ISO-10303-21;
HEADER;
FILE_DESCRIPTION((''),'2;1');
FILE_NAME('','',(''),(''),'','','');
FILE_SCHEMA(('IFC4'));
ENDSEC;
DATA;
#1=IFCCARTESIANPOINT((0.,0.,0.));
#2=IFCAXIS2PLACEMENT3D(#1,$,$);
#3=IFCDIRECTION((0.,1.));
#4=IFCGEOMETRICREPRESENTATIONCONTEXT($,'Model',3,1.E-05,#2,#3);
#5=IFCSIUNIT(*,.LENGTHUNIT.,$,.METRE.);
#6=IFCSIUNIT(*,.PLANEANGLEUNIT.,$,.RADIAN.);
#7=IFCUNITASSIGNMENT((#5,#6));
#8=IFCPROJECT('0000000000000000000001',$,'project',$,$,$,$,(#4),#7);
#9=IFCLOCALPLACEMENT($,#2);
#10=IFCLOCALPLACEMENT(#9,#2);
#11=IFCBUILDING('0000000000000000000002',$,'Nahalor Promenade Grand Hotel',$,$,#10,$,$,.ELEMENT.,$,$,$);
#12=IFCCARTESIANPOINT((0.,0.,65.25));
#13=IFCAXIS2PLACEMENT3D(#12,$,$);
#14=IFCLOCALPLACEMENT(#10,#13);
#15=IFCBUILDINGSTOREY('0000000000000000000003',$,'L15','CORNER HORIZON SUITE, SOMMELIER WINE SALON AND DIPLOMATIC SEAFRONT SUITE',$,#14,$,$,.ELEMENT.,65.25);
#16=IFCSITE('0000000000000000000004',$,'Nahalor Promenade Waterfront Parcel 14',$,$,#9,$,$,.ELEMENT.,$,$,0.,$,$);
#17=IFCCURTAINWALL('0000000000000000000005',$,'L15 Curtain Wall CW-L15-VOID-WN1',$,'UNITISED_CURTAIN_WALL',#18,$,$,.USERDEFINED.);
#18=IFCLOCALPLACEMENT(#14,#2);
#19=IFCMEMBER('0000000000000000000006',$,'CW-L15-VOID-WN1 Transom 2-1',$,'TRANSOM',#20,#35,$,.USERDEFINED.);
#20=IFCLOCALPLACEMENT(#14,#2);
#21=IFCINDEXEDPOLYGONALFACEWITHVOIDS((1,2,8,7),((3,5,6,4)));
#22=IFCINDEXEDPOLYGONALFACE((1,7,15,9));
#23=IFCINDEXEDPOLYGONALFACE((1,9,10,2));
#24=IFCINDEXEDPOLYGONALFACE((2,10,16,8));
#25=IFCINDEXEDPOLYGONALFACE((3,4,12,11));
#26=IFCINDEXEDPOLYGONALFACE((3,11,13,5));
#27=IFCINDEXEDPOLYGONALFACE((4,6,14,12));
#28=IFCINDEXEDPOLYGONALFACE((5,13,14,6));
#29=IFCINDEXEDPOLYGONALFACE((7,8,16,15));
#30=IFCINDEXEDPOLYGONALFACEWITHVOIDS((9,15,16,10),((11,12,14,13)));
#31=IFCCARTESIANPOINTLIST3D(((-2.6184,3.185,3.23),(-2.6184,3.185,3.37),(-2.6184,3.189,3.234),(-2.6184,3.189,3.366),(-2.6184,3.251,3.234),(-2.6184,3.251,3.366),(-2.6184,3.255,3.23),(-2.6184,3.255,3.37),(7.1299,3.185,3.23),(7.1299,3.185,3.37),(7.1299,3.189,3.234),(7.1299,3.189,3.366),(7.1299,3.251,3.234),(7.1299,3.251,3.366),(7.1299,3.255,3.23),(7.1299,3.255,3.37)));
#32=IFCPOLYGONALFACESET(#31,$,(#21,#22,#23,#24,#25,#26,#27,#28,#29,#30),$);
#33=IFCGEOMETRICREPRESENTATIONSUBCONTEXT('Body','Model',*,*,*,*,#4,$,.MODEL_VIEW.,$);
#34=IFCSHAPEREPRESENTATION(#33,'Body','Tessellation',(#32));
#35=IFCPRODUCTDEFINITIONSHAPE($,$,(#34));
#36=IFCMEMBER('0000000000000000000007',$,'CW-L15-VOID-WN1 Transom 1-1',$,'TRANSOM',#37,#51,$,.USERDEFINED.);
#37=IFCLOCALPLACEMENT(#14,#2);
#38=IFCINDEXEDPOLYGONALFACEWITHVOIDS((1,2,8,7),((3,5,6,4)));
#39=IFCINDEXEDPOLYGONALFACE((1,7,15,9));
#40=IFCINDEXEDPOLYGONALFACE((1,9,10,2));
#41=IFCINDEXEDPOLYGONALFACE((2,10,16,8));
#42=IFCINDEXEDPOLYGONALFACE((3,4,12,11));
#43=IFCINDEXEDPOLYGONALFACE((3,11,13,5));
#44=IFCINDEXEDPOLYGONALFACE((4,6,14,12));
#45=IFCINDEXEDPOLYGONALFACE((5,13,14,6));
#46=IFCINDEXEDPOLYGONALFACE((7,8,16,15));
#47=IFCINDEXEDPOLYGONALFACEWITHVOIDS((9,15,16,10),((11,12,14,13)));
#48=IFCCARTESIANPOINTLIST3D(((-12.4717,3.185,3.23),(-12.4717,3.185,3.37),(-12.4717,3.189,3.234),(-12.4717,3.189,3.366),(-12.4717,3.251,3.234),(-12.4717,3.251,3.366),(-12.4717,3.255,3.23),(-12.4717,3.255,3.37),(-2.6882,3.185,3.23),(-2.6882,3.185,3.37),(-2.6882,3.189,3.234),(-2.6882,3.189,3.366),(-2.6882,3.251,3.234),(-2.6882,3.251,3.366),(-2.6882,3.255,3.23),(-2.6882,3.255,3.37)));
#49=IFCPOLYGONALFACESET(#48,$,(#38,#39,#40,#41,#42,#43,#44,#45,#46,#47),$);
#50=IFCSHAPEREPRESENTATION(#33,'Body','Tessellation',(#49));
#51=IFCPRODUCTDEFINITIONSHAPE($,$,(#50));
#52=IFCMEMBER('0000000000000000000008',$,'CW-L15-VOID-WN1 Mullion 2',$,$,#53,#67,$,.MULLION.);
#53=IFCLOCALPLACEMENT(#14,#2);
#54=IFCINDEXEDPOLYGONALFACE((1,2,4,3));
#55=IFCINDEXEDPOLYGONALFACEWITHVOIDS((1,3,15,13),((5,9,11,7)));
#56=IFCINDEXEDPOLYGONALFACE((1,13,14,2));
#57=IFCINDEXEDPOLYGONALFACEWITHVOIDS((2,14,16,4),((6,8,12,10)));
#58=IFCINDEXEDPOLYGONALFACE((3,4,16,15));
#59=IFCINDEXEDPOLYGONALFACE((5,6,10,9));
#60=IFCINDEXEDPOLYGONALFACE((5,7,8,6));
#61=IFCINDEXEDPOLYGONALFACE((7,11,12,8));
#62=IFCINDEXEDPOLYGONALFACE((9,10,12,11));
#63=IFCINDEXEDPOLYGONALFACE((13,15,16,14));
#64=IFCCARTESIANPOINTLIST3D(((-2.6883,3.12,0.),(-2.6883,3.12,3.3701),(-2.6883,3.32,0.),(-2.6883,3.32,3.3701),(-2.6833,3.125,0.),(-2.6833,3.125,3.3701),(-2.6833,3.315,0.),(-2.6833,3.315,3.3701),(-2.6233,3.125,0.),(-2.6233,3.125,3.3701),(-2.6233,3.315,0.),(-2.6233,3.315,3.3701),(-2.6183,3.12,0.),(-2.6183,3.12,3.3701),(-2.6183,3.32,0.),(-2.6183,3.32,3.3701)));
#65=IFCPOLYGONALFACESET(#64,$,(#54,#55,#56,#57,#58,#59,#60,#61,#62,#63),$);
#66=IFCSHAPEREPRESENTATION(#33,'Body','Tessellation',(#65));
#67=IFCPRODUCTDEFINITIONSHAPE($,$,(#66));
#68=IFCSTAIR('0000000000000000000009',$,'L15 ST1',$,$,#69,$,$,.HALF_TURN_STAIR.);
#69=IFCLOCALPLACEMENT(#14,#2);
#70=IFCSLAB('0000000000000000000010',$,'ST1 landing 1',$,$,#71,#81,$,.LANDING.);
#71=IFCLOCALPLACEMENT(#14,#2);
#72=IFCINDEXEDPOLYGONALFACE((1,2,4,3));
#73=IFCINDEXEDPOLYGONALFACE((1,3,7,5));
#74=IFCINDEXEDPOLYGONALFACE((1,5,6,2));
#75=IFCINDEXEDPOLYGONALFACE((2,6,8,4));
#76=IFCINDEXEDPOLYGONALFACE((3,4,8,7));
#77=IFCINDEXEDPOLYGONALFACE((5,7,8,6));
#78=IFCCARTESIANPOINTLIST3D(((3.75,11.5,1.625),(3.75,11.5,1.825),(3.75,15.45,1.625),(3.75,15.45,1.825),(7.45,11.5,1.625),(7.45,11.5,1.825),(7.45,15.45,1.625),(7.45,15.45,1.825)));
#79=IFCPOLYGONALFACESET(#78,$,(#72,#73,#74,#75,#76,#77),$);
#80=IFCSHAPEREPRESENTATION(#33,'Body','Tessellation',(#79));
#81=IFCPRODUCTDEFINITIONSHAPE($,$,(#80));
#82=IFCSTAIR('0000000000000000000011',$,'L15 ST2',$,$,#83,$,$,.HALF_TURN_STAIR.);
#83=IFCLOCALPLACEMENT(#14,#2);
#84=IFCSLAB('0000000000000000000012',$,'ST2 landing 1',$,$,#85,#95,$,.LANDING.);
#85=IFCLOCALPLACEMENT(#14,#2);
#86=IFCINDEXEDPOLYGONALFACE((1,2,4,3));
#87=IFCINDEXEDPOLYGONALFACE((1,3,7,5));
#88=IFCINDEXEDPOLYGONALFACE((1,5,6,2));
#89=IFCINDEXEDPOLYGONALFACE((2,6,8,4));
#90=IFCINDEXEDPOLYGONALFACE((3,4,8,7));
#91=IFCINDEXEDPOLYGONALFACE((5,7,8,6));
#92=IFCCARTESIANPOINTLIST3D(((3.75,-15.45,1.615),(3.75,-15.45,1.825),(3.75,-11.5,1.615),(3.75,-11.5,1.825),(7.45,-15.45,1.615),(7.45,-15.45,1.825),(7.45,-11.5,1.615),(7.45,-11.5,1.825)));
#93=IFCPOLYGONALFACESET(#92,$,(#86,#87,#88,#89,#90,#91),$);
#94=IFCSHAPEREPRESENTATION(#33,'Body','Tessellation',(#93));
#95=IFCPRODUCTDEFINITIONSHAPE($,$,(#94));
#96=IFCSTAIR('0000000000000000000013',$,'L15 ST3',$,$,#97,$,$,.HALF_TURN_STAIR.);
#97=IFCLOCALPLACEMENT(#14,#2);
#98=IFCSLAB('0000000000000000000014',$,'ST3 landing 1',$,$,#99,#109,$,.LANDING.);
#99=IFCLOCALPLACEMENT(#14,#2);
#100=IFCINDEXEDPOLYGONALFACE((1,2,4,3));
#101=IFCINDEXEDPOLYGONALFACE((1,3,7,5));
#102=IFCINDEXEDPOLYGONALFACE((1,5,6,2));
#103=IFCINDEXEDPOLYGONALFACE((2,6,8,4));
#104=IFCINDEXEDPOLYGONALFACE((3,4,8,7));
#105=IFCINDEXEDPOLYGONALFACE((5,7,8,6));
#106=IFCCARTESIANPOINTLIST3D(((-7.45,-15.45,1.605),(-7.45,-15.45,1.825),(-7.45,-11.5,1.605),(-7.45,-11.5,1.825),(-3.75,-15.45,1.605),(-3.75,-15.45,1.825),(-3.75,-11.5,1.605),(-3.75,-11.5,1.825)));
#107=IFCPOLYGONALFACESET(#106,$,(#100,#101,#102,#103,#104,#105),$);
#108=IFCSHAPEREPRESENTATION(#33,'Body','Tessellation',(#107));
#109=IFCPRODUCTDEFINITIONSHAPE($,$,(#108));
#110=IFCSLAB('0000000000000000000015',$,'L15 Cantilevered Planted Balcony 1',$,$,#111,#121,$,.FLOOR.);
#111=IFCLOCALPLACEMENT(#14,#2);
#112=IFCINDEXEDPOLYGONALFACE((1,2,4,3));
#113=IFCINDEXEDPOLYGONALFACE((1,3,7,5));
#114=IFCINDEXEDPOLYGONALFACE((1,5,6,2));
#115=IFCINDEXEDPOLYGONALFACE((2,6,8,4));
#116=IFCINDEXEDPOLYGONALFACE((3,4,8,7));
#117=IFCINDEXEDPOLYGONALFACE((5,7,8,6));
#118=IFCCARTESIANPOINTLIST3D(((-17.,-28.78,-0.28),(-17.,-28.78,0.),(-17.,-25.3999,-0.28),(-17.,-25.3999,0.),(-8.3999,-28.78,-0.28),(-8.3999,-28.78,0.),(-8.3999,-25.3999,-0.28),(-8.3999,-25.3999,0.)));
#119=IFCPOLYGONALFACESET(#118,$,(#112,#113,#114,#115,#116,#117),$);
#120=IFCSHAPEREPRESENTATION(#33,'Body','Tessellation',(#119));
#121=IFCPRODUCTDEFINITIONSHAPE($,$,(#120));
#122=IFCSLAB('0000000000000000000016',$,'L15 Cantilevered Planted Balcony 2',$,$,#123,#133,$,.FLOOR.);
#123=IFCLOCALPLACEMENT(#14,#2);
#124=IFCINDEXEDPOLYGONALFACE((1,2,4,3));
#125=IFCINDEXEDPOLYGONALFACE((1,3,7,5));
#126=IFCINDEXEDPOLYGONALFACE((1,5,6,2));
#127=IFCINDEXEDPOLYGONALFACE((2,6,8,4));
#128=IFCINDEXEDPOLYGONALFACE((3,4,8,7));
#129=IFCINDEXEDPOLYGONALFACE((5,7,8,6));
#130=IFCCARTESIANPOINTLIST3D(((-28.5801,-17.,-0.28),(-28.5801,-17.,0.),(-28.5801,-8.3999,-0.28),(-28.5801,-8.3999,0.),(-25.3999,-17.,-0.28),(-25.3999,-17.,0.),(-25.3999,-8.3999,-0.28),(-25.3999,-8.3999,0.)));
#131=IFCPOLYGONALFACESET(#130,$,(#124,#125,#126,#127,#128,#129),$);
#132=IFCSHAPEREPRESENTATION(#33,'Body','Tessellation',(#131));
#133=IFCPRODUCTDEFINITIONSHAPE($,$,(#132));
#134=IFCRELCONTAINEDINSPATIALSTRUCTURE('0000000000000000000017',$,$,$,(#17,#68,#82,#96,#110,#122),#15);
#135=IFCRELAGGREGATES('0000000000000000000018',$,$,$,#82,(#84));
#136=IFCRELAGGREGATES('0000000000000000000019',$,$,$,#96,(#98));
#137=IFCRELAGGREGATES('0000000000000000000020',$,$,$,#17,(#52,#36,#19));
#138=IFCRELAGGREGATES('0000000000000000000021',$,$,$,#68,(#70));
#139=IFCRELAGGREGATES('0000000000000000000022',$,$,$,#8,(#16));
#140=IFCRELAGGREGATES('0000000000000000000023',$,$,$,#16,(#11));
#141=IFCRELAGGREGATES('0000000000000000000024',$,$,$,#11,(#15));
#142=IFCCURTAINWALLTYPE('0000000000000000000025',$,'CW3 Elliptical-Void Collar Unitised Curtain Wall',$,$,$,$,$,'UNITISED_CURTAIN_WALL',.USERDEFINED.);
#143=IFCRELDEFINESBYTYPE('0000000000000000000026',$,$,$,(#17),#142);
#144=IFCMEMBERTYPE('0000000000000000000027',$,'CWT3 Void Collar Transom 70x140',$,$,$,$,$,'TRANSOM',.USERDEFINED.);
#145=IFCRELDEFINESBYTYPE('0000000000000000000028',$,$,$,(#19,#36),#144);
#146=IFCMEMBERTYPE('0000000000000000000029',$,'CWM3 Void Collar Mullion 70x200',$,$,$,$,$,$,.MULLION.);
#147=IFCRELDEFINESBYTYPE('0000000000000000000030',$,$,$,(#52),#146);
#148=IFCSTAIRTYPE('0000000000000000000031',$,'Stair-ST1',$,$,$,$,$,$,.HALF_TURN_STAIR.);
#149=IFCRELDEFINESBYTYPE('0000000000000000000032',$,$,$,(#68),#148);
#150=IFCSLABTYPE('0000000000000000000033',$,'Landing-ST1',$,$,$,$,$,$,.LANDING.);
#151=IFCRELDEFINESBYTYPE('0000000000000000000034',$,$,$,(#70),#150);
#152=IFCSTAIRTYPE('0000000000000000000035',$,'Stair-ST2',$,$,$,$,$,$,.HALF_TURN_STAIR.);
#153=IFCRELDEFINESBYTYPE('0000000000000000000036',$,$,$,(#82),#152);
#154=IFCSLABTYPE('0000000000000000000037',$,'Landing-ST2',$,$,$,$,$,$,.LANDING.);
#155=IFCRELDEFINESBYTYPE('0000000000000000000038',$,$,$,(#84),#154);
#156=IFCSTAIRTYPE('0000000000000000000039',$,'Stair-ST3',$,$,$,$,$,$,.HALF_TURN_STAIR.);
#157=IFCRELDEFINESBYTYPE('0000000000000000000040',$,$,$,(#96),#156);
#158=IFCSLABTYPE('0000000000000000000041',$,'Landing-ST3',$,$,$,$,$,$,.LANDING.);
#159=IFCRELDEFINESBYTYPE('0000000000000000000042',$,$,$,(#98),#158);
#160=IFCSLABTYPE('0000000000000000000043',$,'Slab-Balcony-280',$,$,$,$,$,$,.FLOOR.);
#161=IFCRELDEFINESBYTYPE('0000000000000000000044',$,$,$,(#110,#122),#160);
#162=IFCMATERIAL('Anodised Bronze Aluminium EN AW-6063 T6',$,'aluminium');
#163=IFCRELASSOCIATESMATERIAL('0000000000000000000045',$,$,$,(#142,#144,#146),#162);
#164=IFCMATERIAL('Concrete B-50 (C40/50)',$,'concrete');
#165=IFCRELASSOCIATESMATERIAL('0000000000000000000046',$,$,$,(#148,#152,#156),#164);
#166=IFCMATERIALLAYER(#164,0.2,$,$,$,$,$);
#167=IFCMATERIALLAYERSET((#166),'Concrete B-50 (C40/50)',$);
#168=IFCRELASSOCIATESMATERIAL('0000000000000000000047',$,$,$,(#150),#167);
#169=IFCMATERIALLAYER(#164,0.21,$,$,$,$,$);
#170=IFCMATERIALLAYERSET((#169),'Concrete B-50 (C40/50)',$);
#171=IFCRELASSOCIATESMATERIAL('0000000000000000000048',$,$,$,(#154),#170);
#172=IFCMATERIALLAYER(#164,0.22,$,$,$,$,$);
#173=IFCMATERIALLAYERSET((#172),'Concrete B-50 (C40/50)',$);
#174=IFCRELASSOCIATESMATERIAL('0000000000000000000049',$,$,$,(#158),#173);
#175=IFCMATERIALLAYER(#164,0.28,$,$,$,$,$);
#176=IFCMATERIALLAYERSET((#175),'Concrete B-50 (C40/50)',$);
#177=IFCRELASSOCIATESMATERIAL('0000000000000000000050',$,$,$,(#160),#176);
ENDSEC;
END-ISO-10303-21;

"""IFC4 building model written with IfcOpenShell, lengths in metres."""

from ifc_helpers import new_model, si_unit, direction, frame, origin, origin_2d, place, context, subcontext, project, spatial, polyline, hollow_rectangle, outline, extrude, source, transform, mapped, material, layer, layer_set, material_profile, profile_set, type_object, element, aggregate, save


model = new_model("IFC4")

# Units and contexts
model_context = context("Model", 3, precision=1e-05, world=origin(), true_north=direction((0.0, 1.0)))
body_context = subcontext(model_context, "Body", "Model", "MODEL_VIEW")
ifc_project = project(units=[si_unit("LENGTHUNIT", "METRE"), si_unit("PLANEANGLEUNIT", "RADIAN")], contexts=[model_context])

# Site, building, storey
site_placement = place(None, origin())
site = spatial("IfcSite", under=ifc_project, at=site_placement, Name="Nahalor Promenade Waterfront Parcel 14", CompositionType="ELEMENT", RefElevation=0.0)
building_placement = place(site_placement, origin())
building = spatial("IfcBuilding", under=site, at=building_placement, Name="Nahalor Promenade Grand Hotel", CompositionType="ELEMENT")
storey_placement = place(building_placement, frame((0.0, 0.0, 65.25)))
storey = spatial("IfcBuildingStorey", under=building, at=storey_placement, Name="L15", Description="CORNER HORIZON SUITE, SOMMELIER WINE SALON AND DIPLOMATIC SEAFRONT SUITE", CompositionType="ELEMENT", Elevation=65.25)

# Curtain wall, members
ifc_material_1 = material(Name="Anodised Bronze Aluminium EN AW-6063 T6", Category="aluminium")
curtain_wall_type = type_object("IfcCurtainWallType", Name="CW3 Elliptical-Void Collar Unitised Curtain Wall", ElementType="UNITISED_CURTAIN_WALL", PredefinedType="USERDEFINED", material=ifc_material_1)
curtain_wall_placement = place(storey_placement, origin())
curtain_wall = element("IfcCurtainWall", 1, at=curtain_wall_placement, inside=storey, type_object=curtain_wall_type, Name="L15 Curtain Wall CW-L15-VOID-WN1", ObjectType="UNITISED_CURTAIN_WALL", PredefinedType="USERDEFINED")
ifc_material_profile_1 = material_profile(ifc_material_1, hollow_rectangle(XDim=0.07, YDim=0.14, WallThickness=0.004, at=origin_2d()), Name="CWT 70x140x4")
ifc_profile_set_1 = profile_set([ifc_material_profile_1], Name="Anodised Bronze Aluminium EN AW-6063 T6")
member_type_1 = type_object("IfcMemberType", Name="CWT3 Void Collar Transom 70x140", ElementType="TRANSOM", PredefinedType="USERDEFINED", material=ifc_profile_set_1)
shared_shape_1 = source(origin(), body_context, "Body", "SweptSolid", [
    extrude(hollow_rectangle(XDim=0.07, YDim=0.14, WallThickness=0.004, at=origin_2d()), origin(), (0.0, 0.0, 1.0), 9.7483),
])
member_1_placement = place(storey_placement, frame((-2.6184, 3.22, 3.3), z_axis=(1.0, 0.0, 0.0), x_axis=(0.0, 1.0, 0.0)))
member_1 = element("IfcMember", 2, at=member_1_placement, type_object=member_type_1, Name="CW-L15-VOID-WN1 Transom 2-1", ObjectType="TRANSOM", PredefinedType="USERDEFINED", context=body_context, shape_type="MappedRepresentation", body=[
    mapped(shared_shape_1, transform((0.0, 0.0, 0.0), scale=1.0)),
])
shared_shape_2 = source(origin(), body_context, "Body", "SweptSolid", [
    extrude(hollow_rectangle(XDim=0.07, YDim=0.14, WallThickness=0.004, at=origin_2d()), origin(), (0.0, 0.0, 1.0), 9.7834),
])
member_2_placement = place(storey_placement, frame((-12.4717, 3.22, 3.3), z_axis=(1.0, 0.0, 0.0), x_axis=(0.0, 1.0, 0.0)))
member_2 = element("IfcMember", 3, at=member_2_placement, type_object=member_type_1, Name="CW-L15-VOID-WN1 Transom 1-1", ObjectType="TRANSOM", PredefinedType="USERDEFINED", context=body_context, shape_type="MappedRepresentation", body=[
    mapped(shared_shape_2, transform((0.0, 0.0, 0.0), scale=1.0)),
])
ifc_material_profile_2 = material_profile(ifc_material_1, hollow_rectangle(XDim=0.07, YDim=0.2, WallThickness=0.005, at=origin_2d()), Name="CWM 70x200x5")
ifc_profile_set_2 = profile_set([ifc_material_profile_2], Name="Anodised Bronze Aluminium EN AW-6063 T6")
member_type_2 = type_object("IfcMemberType", Name="CWM3 Void Collar Mullion 70x200", PredefinedType="MULLION", material=ifc_profile_set_2)
shared_shape_3 = source(origin(), body_context, "Body", "SweptSolid", [
    extrude(hollow_rectangle(XDim=0.07, YDim=0.2, WallThickness=0.005, at=origin_2d()), origin(), (0.0, 0.0, 1.0), 3.3701),
])
member_3_placement = place(storey_placement, frame((-2.6533, 3.22, 0.0), z_axis=(0.0, 0.0, 1.0), x_axis=(1.0, 0.0, 0.0)))
member_3 = element("IfcMember", 4, at=member_3_placement, type_object=member_type_2, Name="CW-L15-VOID-WN1 Mullion 2", PredefinedType="MULLION", context=body_context, shape_type="MappedRepresentation", body=[
    mapped(shared_shape_3, transform((0.0, 0.0, 0.0), scale=1.0)),
])

# Stairs, slabs
ifc_material_2 = material(Name="Concrete B-50 (C40/50)", Category="concrete")
stair_type_1 = type_object("IfcStairType", Name="Stair-ST1", PredefinedType="HALF_TURN_STAIR", material=ifc_material_2)
stair_1_placement = place(storey_placement, origin())
stair_1 = element("IfcStair", 5, at=stair_1_placement, inside=storey, type_object=stair_type_1, Name="L15 ST1", PredefinedType="HALF_TURN_STAIR")
ifc_layer_1 = layer(ifc_material_2, 0.2)
ifc_layer_set_1 = layer_set([ifc_layer_1], Name="Concrete B-50 (C40/50)")
slab_type_1 = type_object("IfcSlabType", Name="Landing-ST1", PredefinedType="LANDING", material=ifc_layer_set_1)
slab_1_placement = place(storey_placement, frame((0.0, 0.0, 1.625)))
slab_1 = element("IfcSlab", 6, at=slab_1_placement, type_object=slab_type_1, Name="ST1 landing 1", PredefinedType="LANDING", context=body_context, shape_type="SweptSolid", body=[
    extrude(outline(polyline([(7.45, 11.5), (7.45, 15.45), (3.75, 15.45), (3.75, 11.5), (7.45, 11.5)])), origin(), (0.0, 0.0, 1.0), 0.2),
])
stair_type_2 = type_object("IfcStairType", Name="Stair-ST2", PredefinedType="HALF_TURN_STAIR", material=ifc_material_2)
stair_2_placement = place(storey_placement, origin())
stair_2 = element("IfcStair", 7, at=stair_2_placement, inside=storey, type_object=stair_type_2, Name="L15 ST2", PredefinedType="HALF_TURN_STAIR")
ifc_layer_2 = layer(ifc_material_2, 0.21)
ifc_layer_set_2 = layer_set([ifc_layer_2], Name="Concrete B-50 (C40/50)")
slab_type_2 = type_object("IfcSlabType", Name="Landing-ST2", PredefinedType="LANDING", material=ifc_layer_set_2)
slab_2_placement = place(storey_placement, frame((0.0, 0.0, 1.615)))
slab_2 = element("IfcSlab", 8, at=slab_2_placement, type_object=slab_type_2, Name="ST2 landing 1", PredefinedType="LANDING", context=body_context, shape_type="SweptSolid", body=[
    extrude(outline(polyline([(3.75, -11.5), (3.75, -15.45), (7.45, -15.45), (7.45, -11.5), (3.75, -11.5)])), origin(), (0.0, 0.0, 1.0), 0.21),
])
aggregate(stair_2, [slab_2])
stair_type_3 = type_object("IfcStairType", Name="Stair-ST3", PredefinedType="HALF_TURN_STAIR", material=ifc_material_2)
stair_3_placement = place(storey_placement, origin())
stair_3 = element("IfcStair", 9, at=stair_3_placement, inside=storey, type_object=stair_type_3, Name="L15 ST3", PredefinedType="HALF_TURN_STAIR")
ifc_layer_3 = layer(ifc_material_2, 0.22)
ifc_layer_set_3 = layer_set([ifc_layer_3], Name="Concrete B-50 (C40/50)")
slab_type_3 = type_object("IfcSlabType", Name="Landing-ST3", PredefinedType="LANDING", material=ifc_layer_set_3)
slab_3_placement = place(storey_placement, frame((0.0, 0.0, 1.605)))
slab_3 = element("IfcSlab", 10, at=slab_3_placement, type_object=slab_type_3, Name="ST3 landing 1", PredefinedType="LANDING", context=body_context, shape_type="SweptSolid", body=[
    extrude(outline(polyline([(-7.45, -11.5), (-7.45, -15.45), (-3.75, -15.45), (-3.75, -11.5), (-7.45, -11.5)])), origin(), (0.0, 0.0, 1.0), 0.22),
])
aggregate(stair_3, [slab_3])

# Slabs
ifc_layer_4 = layer(ifc_material_2, 0.28)
ifc_layer_set_4 = layer_set([ifc_layer_4], Name="Concrete B-50 (C40/50)")
slab_type_4 = type_object("IfcSlabType", Name="Slab-Balcony-280", PredefinedType="FLOOR", material=ifc_layer_set_4)
slab_4_placement = place(storey_placement, frame((0.0, 0.0, -0.28)))
element("IfcSlab", 11, at=slab_4_placement, inside=storey, type_object=slab_type_4, Name="L15 Cantilevered Planted Balcony 1", PredefinedType="FLOOR", context=body_context, shape_type="SweptSolid", body=[
    extrude(outline(polyline([(-17.0, -28.78), (-8.3999, -28.78), (-8.3999, -25.3999), (-17.0, -25.3999), (-17.0, -28.78)])), origin(), (0.0, 0.0, 1.0), 0.28),
])
slab_5_placement = place(storey_placement, frame((0.0, 0.0, -0.28)))
element("IfcSlab", 12, at=slab_5_placement, inside=storey, type_object=slab_type_4, Name="L15 Cantilevered Planted Balcony 2", PredefinedType="FLOOR", context=body_context, shape_type="SweptSolid", body=[
    extrude(outline(polyline([(-28.5801, -17.0), (-25.3999, -17.0), (-25.3999, -8.3999), (-28.5801, -8.3999), (-28.5801, -17.0)])), origin(), (0.0, 0.0, 1.0), 0.28),
])

aggregate(curtain_wall, [member_3, member_2, member_1])

aggregate(stair_1, [slab_1])

save(model, "model.ifc")
